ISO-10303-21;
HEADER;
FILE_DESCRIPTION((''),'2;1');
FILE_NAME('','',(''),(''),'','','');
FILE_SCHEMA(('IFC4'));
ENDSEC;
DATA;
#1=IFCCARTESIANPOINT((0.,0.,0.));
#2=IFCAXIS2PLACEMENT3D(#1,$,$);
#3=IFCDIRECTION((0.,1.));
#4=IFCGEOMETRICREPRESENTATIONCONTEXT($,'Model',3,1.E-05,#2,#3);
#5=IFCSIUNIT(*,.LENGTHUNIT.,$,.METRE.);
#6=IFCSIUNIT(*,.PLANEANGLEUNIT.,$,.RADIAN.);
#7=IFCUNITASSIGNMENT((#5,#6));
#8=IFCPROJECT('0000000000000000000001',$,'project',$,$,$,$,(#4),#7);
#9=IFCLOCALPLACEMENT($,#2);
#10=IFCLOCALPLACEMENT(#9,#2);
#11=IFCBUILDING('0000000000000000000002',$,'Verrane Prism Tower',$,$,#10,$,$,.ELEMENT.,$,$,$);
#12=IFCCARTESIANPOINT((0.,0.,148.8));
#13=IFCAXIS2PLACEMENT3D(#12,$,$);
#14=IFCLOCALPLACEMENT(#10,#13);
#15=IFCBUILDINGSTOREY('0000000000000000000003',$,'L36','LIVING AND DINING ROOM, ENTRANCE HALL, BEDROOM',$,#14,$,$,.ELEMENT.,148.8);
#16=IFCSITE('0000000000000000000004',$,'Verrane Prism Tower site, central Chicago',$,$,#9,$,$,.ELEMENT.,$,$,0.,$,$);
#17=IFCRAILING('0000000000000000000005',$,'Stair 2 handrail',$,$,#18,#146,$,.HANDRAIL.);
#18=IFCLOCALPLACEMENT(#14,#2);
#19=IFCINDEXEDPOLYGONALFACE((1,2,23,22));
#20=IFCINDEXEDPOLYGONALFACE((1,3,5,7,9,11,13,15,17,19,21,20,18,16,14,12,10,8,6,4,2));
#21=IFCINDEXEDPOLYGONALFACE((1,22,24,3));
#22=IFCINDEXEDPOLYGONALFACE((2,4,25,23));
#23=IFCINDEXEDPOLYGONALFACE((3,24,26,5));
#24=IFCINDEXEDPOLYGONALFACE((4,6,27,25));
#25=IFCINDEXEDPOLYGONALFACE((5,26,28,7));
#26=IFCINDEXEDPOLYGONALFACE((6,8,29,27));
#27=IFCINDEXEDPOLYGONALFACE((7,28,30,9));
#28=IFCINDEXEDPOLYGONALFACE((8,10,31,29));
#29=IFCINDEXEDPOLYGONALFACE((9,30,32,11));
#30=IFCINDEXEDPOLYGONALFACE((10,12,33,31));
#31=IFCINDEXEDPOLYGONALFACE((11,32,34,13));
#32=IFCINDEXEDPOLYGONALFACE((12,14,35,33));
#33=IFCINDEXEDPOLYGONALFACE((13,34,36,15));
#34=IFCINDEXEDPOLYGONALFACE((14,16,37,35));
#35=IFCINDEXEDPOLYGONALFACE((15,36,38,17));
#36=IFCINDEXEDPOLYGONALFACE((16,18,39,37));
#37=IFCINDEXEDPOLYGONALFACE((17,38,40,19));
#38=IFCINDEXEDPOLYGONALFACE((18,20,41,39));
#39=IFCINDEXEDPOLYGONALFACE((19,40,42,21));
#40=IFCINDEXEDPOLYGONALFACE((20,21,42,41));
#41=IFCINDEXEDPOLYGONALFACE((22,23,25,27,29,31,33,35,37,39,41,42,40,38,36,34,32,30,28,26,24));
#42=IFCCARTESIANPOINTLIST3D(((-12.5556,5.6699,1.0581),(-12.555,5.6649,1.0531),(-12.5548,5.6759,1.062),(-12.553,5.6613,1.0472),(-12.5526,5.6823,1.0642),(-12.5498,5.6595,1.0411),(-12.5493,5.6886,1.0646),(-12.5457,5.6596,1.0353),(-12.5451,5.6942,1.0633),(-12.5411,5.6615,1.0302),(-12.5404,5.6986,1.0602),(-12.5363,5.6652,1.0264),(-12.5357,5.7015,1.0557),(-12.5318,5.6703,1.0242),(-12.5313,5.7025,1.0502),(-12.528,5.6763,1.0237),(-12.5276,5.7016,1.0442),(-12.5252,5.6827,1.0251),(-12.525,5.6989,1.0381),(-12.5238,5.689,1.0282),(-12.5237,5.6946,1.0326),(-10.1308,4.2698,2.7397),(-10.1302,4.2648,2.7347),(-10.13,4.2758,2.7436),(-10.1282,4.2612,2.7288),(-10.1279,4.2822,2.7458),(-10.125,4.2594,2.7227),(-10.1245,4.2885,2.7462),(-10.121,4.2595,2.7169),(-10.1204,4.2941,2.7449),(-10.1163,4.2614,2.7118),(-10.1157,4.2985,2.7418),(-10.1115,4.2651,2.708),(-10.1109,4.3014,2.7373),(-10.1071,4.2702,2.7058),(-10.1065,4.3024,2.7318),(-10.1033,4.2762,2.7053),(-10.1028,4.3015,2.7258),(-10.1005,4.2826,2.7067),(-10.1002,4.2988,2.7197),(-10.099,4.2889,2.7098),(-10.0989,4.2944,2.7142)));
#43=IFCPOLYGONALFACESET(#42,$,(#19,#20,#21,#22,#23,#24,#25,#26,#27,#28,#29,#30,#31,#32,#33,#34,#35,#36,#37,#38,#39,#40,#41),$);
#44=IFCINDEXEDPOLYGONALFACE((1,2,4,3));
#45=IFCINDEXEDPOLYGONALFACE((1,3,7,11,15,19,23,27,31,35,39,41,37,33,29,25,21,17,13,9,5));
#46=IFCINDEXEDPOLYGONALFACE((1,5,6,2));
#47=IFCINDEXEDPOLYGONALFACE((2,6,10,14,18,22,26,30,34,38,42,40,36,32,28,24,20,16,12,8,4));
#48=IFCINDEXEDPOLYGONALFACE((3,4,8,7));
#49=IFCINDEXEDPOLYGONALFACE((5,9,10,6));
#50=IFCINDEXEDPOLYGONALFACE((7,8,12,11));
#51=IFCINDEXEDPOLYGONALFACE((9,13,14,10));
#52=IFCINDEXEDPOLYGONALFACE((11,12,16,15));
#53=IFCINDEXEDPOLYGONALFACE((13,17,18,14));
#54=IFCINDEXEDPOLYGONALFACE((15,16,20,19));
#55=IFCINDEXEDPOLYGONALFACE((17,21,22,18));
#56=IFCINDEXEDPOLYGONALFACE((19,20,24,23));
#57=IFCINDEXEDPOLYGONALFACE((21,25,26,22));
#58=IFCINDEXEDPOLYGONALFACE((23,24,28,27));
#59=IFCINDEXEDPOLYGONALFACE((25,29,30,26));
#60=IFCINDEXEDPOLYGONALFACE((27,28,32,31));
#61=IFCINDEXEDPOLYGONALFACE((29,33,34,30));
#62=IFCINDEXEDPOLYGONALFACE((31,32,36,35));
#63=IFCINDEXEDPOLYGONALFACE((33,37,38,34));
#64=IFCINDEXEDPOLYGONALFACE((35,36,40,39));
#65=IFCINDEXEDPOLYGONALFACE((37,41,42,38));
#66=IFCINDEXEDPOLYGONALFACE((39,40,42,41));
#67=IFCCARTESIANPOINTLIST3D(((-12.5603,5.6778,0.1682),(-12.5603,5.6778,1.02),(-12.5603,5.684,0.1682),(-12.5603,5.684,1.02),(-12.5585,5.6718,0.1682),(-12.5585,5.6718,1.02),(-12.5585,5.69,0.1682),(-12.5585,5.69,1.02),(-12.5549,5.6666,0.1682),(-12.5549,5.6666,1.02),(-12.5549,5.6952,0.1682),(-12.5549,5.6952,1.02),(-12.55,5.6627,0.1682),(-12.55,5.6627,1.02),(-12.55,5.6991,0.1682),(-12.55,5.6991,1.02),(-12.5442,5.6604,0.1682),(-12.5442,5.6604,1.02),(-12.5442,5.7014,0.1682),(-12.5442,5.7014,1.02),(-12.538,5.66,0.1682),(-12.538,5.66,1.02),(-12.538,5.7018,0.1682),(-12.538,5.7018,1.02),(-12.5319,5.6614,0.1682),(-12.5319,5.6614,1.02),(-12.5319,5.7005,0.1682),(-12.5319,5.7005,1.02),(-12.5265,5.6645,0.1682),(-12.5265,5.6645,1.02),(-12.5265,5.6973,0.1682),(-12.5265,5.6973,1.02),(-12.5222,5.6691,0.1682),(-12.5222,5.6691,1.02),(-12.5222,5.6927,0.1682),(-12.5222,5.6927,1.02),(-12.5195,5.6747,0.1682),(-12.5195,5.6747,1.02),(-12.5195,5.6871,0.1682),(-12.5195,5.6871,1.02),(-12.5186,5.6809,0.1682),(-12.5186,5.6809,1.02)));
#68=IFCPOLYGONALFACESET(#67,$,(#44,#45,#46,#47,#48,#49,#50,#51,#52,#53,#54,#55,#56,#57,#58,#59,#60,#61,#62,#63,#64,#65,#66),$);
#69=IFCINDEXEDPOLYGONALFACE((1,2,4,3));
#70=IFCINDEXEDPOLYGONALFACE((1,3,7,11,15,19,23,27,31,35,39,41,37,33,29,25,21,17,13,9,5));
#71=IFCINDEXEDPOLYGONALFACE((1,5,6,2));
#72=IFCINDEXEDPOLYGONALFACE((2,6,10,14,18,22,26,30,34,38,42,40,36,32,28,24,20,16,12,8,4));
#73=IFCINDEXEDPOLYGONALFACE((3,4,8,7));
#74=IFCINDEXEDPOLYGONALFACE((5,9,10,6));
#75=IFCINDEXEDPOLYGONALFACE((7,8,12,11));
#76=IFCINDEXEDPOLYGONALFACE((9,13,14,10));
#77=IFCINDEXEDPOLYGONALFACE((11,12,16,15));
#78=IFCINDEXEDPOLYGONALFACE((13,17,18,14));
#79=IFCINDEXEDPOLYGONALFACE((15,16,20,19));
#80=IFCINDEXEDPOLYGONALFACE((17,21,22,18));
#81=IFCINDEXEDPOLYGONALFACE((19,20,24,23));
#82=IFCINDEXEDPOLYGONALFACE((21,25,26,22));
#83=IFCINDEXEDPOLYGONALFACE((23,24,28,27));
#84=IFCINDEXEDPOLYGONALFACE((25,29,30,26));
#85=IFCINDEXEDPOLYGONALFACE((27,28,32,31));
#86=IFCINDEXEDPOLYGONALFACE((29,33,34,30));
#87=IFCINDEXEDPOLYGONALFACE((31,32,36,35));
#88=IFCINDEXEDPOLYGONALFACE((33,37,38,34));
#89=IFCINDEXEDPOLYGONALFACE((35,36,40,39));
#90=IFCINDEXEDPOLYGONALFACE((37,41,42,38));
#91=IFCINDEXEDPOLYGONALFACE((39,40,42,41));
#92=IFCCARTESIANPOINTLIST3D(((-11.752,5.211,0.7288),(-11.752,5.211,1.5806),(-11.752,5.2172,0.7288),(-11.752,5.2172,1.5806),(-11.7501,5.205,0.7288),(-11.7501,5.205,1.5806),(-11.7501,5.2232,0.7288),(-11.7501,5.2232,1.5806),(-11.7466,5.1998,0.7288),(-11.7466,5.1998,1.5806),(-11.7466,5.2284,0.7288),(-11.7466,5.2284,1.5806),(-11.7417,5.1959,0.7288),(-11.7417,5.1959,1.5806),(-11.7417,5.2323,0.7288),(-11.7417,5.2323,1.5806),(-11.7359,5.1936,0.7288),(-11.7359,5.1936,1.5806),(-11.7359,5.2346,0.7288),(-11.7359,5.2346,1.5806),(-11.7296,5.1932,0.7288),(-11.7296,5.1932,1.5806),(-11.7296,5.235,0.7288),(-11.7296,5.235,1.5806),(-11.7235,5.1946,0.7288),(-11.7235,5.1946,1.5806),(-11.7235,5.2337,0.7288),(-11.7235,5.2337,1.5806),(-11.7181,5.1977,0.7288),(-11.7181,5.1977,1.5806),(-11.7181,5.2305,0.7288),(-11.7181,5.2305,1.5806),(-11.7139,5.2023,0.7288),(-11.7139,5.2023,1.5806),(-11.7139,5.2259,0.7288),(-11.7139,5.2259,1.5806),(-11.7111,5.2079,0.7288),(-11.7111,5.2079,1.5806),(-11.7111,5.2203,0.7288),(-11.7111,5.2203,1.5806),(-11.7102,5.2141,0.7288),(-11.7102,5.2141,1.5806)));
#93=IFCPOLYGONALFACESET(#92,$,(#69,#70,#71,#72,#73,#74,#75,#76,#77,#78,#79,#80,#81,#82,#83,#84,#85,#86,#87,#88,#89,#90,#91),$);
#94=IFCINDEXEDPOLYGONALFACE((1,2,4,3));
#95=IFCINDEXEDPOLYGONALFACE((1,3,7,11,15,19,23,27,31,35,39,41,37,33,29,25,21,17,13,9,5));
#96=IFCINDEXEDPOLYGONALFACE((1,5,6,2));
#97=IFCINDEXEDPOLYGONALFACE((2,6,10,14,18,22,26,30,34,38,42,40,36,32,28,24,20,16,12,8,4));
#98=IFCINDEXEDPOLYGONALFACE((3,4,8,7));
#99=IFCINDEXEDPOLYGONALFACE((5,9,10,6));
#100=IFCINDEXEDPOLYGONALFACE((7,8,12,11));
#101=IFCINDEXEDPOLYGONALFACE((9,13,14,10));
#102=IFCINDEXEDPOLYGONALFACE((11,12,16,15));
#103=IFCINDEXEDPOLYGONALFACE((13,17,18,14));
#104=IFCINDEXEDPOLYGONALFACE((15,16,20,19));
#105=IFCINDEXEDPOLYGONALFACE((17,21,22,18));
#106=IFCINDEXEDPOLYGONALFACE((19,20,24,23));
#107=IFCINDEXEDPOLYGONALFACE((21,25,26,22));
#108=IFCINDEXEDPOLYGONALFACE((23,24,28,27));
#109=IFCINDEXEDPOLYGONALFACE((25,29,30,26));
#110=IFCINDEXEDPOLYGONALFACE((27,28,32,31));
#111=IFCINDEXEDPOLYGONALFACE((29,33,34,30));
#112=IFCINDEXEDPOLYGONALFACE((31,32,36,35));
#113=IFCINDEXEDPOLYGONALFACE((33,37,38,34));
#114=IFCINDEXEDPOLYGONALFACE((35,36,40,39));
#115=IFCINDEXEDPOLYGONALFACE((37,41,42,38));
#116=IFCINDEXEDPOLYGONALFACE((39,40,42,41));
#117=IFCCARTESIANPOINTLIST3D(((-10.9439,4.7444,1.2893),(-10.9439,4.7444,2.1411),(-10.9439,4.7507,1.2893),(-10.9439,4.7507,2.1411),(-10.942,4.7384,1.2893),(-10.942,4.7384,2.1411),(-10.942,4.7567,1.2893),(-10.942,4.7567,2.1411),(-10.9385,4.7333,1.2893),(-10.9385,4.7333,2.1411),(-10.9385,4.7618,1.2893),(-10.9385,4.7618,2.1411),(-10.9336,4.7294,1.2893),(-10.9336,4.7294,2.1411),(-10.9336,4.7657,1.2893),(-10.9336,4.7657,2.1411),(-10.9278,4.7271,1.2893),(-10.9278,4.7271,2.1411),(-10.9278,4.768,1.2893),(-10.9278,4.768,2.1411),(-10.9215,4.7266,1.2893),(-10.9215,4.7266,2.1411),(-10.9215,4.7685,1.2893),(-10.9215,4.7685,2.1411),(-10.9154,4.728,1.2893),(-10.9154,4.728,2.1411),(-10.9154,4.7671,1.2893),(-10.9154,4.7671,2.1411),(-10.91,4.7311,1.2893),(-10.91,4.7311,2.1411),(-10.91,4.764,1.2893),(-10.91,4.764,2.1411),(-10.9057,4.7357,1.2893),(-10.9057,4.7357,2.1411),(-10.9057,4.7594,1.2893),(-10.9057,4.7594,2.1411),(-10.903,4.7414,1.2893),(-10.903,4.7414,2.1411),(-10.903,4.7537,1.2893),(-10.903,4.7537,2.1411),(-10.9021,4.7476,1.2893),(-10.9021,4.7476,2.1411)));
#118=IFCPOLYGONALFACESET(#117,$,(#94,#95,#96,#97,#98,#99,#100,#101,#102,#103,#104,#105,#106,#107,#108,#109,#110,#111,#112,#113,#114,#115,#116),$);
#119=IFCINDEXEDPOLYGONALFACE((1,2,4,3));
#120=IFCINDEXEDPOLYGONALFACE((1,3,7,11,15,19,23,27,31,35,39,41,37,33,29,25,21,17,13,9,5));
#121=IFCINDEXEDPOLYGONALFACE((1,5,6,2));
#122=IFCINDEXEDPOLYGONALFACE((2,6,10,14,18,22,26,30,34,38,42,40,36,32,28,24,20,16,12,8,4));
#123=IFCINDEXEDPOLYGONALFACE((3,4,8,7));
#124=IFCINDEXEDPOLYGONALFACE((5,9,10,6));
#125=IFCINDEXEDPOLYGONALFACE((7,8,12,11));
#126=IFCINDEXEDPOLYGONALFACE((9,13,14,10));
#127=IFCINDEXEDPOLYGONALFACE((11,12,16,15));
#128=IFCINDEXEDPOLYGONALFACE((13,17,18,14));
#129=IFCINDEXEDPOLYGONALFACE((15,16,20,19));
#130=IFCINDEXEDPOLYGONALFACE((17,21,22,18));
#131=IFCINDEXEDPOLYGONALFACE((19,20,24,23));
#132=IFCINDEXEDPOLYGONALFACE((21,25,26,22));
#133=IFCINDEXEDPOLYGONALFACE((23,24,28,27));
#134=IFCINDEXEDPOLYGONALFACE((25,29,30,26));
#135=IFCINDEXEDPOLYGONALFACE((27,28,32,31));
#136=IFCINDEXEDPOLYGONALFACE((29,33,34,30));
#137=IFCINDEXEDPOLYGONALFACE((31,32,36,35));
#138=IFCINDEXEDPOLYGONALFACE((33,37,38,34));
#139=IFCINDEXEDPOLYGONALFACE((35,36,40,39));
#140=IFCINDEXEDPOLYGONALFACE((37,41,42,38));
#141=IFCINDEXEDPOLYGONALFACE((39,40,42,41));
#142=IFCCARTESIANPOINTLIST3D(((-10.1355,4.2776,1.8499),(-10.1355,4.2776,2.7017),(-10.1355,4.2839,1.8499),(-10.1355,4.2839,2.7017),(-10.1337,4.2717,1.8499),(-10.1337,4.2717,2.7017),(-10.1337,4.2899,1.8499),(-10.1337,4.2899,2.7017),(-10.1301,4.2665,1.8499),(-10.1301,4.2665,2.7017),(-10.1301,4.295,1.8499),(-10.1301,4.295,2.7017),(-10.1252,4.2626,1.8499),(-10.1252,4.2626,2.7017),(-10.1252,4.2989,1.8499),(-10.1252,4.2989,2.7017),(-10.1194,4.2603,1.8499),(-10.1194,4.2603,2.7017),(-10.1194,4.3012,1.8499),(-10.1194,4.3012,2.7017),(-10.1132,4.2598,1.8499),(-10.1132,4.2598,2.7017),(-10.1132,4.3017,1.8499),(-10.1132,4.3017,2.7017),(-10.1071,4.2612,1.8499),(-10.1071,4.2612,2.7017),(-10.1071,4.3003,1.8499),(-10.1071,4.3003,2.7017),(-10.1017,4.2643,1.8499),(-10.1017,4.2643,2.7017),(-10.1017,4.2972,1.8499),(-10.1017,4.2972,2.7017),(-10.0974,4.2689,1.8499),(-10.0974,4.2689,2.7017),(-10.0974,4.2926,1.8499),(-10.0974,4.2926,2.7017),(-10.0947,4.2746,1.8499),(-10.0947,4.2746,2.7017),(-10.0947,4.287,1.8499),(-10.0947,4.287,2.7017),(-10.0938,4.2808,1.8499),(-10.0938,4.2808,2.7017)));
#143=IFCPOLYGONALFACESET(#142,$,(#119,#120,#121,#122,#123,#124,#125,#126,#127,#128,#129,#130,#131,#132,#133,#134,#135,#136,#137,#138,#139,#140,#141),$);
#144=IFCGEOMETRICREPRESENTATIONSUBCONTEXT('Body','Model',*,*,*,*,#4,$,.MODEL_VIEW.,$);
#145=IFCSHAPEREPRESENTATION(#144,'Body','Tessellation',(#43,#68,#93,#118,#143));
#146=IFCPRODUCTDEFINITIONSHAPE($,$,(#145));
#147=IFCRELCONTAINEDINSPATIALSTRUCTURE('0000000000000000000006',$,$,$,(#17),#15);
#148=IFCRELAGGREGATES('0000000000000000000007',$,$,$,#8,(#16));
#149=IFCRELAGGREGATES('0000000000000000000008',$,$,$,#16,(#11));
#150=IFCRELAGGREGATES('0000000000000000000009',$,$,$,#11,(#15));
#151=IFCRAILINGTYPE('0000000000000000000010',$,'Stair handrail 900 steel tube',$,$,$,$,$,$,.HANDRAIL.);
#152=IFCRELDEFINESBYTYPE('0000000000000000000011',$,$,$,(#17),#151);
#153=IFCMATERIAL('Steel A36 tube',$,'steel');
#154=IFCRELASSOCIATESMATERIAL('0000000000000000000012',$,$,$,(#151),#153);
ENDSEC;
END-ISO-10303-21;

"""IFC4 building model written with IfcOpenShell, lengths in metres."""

from ifc_helpers import new_model, si_unit, direction, frame, origin, origin_2d, place, context, subcontext, project, spatial, circle, extrude, material, type_object, element, save


model = new_model("IFC4")

# Units and contexts
model_context = context("Model", 3, precision=1e-05, world=origin(), true_north=direction((0.0, 1.0)))
body_context = subcontext(model_context, "Body", "Model", "MODEL_VIEW")
ifc_project = project(units=[si_unit("LENGTHUNIT", "METRE"), si_unit("PLANEANGLEUNIT", "RADIAN")], contexts=[model_context])

# Site, building, storey
site_placement = place(None, origin())
site = spatial("IfcSite", under=ifc_project, at=site_placement, Name="Verrane Prism Tower site, central Chicago", CompositionType="ELEMENT", RefElevation=0.0)
building_placement = place(site_placement, origin())
building = spatial("IfcBuilding", under=site, at=building_placement, Name="Verrane Prism Tower", CompositionType="ELEMENT")
storey_placement = place(building_placement, frame((0.0, 0.0, 148.8)))
storey = spatial("IfcBuildingStorey", under=building, at=storey_placement, Name="L36", Description="LIVING AND DINING ROOM, ENTRANCE HALL, BEDROOM", CompositionType="ELEMENT", Elevation=148.8)

# Railing
ifc_material_1 = material(Name="Steel A36 tube", Category="steel")
railing_type = type_object("IfcRailingType", Name="Stair handrail 900 steel tube", PredefinedType="HANDRAIL", material=ifc_material_1)
railing_placement = place(storey_placement, frame((-12.5396, 5.6809, 0.1682)))
element("IfcRailing", 1, at=railing_placement, inside=storey, type_object=railing_type, Name="Stair 2 handrail", PredefinedType="HANDRAIL", context=body_context, shape_type="SweptSolid", body=[
    extrude(circle(Radius=0.0239, at=origin_2d()), frame((0.0, 0.0, 0.876), z_axis=(0.742395, -0.428679, 0.514863), x_axis=(0.50005, 0.865997, 0.0)), (0.0, 0.0, 1.0), 3.2661),
    extrude(circle(Radius=0.021, at=origin_2d()), origin(), (0.0, 0.0, 1.0), 0.8518),
    extrude(circle(Radius=0.021, at=origin_2d()), frame((0.8083, -0.4668, 0.5605)), (0.0, 0.0, 1.0), 0.8518),
    extrude(circle(Radius=0.021, at=origin_2d()), frame((1.6165, -0.9333, 1.1211)), (0.0, 0.0, 1.0), 0.8518),
    extrude(circle(Radius=0.021, at=origin_2d()), frame((2.4248, -1.4001, 1.6816)), (0.0, 0.0, 1.0), 0.8518),
])

save(model, "model.ifc")
